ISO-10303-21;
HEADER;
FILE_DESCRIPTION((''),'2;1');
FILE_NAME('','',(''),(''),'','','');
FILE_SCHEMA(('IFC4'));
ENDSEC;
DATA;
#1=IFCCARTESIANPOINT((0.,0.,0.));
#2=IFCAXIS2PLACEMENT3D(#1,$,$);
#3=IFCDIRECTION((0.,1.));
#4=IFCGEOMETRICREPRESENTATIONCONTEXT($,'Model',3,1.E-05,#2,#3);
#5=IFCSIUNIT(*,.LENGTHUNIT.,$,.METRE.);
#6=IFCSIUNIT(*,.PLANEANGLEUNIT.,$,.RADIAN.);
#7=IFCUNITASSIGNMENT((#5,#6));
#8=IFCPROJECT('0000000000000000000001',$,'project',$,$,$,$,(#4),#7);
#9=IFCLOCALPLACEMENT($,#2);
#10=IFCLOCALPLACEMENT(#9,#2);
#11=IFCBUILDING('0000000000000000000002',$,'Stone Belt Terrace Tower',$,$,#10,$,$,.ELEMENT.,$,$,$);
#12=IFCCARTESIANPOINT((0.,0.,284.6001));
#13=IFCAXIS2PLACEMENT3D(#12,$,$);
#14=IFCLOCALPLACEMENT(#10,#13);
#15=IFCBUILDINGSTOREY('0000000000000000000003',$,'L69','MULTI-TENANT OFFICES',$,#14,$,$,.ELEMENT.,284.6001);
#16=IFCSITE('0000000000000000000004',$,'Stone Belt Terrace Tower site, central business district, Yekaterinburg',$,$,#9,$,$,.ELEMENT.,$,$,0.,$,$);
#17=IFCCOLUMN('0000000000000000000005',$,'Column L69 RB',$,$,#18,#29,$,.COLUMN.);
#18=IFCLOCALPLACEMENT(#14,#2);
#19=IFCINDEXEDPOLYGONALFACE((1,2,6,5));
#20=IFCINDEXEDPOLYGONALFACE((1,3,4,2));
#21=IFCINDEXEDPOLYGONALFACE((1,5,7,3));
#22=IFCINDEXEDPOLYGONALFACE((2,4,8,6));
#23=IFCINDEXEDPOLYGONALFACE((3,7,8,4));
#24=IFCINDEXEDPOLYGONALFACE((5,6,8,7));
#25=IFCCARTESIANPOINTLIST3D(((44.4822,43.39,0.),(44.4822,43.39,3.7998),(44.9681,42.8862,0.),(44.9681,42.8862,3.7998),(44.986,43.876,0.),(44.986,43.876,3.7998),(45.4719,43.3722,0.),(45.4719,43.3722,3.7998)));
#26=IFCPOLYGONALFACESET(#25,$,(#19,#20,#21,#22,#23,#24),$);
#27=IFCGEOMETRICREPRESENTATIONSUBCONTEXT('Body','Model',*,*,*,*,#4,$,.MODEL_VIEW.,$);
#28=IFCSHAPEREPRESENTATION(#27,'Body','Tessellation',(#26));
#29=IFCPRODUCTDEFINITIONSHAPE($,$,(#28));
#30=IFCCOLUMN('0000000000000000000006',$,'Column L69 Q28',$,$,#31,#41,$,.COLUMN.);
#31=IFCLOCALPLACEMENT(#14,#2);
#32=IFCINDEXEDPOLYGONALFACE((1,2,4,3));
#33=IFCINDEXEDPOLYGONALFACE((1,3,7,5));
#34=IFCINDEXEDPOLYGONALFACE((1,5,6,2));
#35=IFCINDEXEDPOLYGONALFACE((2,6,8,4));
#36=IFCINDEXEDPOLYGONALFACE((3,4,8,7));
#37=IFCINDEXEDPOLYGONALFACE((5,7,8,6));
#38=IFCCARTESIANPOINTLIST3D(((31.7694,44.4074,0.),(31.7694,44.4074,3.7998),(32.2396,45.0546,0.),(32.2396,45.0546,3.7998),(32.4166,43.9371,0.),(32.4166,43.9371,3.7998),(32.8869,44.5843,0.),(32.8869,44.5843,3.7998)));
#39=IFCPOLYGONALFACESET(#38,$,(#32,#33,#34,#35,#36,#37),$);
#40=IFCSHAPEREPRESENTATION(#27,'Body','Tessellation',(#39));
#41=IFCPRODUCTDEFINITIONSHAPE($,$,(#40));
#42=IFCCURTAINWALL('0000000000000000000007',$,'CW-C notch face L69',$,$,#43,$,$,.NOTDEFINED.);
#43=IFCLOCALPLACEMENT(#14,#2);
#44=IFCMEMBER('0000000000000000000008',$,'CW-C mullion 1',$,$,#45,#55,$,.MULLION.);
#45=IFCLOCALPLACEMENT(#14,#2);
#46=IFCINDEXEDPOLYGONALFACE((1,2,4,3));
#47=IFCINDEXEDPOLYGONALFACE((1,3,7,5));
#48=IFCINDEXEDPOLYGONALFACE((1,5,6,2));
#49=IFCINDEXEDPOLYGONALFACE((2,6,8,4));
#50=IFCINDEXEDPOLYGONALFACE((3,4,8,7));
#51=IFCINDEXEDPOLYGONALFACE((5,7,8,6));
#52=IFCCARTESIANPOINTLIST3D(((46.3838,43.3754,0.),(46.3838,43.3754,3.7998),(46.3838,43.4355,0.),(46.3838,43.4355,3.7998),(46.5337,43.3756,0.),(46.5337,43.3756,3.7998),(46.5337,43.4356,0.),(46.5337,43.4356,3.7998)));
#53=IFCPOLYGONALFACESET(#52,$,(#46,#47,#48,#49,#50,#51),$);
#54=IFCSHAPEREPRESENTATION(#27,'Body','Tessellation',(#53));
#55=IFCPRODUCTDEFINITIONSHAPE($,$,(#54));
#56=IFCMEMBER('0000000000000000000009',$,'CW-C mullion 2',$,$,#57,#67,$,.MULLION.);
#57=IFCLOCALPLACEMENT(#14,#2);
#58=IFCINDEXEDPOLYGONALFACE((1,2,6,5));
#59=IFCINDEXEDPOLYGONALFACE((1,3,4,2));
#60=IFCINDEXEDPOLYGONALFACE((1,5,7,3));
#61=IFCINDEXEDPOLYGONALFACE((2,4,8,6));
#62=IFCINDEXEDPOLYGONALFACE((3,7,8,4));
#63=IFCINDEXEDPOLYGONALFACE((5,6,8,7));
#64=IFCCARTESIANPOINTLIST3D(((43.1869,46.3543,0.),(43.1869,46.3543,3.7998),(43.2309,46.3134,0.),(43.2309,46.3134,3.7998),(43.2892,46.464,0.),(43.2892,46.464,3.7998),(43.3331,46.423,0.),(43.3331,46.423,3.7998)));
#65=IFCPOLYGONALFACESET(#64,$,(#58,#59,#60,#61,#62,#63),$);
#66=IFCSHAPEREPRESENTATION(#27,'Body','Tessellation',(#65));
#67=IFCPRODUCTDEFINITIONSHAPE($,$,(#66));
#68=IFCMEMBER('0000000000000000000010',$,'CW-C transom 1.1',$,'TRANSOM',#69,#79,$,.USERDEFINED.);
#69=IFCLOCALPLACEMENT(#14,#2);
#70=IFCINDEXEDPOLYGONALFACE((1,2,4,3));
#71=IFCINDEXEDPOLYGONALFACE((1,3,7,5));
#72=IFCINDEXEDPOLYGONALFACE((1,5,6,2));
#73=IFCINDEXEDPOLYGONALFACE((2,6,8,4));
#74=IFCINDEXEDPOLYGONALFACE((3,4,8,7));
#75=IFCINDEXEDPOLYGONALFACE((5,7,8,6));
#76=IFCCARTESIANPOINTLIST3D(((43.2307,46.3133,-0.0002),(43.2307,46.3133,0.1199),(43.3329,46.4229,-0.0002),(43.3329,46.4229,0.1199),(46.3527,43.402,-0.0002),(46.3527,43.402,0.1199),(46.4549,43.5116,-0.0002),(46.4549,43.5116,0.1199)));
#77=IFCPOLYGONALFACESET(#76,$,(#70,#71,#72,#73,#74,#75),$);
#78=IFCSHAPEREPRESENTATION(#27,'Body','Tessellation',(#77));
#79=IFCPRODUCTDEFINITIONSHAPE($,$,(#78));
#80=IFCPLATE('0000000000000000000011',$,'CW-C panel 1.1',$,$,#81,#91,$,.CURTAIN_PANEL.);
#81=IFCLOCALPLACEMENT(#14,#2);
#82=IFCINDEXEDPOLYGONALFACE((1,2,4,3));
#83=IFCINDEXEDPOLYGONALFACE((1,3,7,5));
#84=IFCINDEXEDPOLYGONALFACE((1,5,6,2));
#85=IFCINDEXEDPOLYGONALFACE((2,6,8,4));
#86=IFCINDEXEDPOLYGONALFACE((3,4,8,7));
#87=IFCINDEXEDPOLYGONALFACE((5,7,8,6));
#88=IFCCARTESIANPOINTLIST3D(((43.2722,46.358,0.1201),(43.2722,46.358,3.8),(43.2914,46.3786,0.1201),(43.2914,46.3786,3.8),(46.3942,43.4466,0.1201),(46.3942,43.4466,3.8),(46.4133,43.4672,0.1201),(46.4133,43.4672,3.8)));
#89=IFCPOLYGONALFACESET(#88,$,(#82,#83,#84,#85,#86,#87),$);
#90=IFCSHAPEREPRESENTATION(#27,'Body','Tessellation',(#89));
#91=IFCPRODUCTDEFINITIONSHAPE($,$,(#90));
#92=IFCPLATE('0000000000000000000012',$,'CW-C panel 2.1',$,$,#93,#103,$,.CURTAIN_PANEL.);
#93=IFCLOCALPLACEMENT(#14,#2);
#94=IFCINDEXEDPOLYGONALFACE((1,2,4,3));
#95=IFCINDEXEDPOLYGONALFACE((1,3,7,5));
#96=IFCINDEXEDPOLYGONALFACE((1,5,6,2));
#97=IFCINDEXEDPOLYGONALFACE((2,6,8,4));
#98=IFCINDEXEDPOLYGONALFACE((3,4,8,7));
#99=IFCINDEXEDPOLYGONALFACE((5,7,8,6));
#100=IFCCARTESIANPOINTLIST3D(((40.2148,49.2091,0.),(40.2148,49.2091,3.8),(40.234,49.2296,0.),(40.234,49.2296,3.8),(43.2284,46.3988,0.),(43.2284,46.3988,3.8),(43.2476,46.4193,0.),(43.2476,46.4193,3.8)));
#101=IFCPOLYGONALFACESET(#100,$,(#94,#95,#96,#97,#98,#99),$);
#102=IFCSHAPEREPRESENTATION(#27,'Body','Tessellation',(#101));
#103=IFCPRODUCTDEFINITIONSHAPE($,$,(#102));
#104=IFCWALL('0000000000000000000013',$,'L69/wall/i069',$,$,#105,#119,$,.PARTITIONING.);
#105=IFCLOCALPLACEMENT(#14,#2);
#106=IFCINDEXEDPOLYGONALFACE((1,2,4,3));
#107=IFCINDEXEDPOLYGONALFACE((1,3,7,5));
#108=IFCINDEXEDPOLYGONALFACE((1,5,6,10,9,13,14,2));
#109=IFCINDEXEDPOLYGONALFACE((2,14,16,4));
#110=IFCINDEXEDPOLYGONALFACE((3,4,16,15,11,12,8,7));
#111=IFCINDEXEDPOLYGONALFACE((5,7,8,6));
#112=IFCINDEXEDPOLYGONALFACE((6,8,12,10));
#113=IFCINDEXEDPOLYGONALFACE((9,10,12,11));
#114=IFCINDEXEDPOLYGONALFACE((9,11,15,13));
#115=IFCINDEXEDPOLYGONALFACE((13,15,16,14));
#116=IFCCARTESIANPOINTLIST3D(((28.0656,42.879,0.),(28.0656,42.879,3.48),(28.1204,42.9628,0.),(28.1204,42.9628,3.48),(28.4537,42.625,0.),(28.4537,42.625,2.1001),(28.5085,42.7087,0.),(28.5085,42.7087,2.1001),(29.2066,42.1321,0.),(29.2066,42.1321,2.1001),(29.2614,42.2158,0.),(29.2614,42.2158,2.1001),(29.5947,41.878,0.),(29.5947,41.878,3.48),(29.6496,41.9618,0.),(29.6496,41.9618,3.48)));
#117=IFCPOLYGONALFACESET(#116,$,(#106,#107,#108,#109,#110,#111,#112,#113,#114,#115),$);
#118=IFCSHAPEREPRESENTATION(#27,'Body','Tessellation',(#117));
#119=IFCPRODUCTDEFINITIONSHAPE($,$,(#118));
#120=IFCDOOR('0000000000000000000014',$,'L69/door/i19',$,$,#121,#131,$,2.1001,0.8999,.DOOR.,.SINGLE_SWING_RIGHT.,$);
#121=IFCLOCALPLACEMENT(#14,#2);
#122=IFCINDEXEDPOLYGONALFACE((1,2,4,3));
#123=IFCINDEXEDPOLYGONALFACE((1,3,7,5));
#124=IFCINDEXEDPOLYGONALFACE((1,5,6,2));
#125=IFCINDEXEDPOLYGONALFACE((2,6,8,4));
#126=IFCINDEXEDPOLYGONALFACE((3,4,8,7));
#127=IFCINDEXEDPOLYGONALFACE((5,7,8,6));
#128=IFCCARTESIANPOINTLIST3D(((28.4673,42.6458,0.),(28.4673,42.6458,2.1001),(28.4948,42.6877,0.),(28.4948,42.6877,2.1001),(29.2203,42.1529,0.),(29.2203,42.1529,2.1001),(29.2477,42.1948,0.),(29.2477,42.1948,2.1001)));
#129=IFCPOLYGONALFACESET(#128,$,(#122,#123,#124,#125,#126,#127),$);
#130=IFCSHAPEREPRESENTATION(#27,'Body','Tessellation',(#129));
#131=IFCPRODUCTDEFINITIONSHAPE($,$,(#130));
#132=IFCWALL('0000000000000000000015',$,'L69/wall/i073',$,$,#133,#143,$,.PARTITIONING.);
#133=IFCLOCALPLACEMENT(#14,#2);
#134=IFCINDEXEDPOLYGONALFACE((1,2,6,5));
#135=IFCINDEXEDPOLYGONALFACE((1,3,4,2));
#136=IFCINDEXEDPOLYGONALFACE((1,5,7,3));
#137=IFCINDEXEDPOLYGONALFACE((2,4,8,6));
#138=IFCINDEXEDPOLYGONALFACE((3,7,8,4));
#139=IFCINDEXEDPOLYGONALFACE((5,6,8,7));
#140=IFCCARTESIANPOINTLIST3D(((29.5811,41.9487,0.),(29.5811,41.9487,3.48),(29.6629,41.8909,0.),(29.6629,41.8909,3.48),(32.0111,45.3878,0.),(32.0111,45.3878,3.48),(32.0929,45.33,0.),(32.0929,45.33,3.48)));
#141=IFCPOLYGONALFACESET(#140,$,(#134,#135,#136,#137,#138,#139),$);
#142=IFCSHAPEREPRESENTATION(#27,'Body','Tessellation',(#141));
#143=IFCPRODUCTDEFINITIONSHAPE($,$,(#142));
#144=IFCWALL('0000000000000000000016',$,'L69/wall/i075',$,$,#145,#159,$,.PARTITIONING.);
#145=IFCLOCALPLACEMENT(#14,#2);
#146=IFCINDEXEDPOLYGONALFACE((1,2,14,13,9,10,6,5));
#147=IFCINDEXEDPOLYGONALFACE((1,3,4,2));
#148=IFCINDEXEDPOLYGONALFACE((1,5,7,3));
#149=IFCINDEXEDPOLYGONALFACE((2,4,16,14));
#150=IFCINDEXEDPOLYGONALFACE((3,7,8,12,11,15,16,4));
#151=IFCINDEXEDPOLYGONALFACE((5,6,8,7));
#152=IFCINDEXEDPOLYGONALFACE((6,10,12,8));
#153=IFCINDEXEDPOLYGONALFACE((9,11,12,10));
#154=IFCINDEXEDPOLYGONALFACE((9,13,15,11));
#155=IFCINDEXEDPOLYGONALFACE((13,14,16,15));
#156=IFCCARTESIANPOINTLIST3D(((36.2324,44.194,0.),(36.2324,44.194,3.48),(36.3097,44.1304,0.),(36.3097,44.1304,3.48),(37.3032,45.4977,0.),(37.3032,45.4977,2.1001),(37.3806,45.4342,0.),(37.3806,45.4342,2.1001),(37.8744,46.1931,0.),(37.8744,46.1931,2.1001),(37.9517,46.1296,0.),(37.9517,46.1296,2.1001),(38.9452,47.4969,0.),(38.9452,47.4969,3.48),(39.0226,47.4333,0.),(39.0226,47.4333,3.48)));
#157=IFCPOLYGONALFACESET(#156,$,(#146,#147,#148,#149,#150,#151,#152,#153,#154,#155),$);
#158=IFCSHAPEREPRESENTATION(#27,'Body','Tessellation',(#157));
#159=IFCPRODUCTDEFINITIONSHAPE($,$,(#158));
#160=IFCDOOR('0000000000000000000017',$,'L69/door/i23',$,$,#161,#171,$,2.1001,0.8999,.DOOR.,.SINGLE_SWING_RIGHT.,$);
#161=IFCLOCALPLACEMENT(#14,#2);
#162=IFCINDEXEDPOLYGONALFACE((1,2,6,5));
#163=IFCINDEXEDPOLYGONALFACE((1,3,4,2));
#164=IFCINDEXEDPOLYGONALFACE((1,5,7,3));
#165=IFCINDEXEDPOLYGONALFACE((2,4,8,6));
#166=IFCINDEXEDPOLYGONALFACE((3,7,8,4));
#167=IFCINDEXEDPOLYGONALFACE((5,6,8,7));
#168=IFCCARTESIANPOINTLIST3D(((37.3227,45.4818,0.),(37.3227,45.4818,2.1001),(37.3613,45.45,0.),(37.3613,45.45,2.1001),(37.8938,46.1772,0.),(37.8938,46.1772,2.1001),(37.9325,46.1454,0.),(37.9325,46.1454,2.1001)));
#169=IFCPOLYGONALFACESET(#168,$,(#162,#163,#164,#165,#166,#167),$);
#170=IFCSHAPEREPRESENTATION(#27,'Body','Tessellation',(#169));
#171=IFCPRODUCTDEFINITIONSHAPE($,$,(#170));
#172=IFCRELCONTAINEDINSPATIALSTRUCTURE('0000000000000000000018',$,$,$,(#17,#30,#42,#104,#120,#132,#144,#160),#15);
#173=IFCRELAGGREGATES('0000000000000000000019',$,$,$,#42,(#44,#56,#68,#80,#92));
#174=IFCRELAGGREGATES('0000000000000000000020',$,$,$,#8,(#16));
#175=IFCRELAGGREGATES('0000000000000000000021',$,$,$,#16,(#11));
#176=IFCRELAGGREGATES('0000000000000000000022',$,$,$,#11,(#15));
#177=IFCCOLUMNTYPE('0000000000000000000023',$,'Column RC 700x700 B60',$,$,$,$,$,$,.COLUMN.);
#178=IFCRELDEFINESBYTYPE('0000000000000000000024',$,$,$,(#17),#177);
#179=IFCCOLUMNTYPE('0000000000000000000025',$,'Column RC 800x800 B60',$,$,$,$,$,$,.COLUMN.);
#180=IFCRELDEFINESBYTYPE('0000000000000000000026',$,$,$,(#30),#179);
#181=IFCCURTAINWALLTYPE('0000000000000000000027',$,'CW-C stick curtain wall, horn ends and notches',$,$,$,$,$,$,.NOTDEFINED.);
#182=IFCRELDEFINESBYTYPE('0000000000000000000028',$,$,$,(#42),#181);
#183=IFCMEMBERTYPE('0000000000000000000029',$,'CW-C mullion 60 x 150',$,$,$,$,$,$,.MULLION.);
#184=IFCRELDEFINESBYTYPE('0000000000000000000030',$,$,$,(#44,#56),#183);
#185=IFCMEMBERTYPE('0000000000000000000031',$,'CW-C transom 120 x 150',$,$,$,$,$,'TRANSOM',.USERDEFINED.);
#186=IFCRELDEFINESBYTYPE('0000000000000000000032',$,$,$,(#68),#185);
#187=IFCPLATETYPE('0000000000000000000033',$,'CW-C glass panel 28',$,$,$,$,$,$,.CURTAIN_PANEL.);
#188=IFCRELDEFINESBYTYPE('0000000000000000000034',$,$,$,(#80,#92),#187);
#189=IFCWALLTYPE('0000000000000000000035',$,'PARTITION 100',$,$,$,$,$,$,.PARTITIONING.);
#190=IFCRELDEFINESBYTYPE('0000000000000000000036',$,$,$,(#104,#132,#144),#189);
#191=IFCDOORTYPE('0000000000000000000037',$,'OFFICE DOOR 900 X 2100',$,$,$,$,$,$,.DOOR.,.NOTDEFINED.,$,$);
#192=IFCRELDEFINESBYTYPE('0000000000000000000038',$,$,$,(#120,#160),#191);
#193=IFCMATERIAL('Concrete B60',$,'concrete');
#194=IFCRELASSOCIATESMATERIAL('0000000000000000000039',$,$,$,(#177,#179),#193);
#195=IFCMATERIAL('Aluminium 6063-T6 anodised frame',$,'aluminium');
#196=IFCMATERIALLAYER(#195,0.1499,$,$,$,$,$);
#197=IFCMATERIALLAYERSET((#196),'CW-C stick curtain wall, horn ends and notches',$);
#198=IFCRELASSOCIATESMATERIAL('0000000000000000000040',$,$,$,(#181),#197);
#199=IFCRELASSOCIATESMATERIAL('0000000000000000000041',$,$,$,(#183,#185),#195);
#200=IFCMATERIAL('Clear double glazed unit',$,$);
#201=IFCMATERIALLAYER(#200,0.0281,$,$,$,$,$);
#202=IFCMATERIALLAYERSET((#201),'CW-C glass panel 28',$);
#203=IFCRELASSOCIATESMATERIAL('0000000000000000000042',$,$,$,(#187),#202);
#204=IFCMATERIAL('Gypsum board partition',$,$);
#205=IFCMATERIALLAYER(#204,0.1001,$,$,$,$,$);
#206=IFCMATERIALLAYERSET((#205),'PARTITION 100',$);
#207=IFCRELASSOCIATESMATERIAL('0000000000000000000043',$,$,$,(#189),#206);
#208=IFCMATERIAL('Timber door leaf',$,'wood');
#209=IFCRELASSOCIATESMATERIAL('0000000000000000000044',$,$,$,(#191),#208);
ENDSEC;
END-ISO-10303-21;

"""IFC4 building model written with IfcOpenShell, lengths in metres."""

from ifc_helpers import new_model, si_unit, direction, frame, frame_2d, origin, origin_2d, place, context, subcontext, project, spatial, rectangle, extrude, material, layer, layer_set, material_profile, profile_set, type_object, element, fill, aggregate, save


model = new_model("IFC4")

# Units and contexts
model_context = context("Model", 3, precision=1e-05, world=origin(), true_north=direction((0.0, 1.0)))
body_context = subcontext(model_context, "Body", "Model", "MODEL_VIEW")
ifc_project = project(units=[si_unit("LENGTHUNIT", "METRE"), si_unit("PLANEANGLEUNIT", "RADIAN")], contexts=[model_context])

# Site, building, storey
site_placement = place(None, origin())
site = spatial("IfcSite", under=ifc_project, at=site_placement, Name="Stone Belt Terrace Tower site, central business district, Yekaterinburg", CompositionType="ELEMENT", RefElevation=0.0)
building_placement = place(site_placement, origin())
building = spatial("IfcBuilding", under=site, at=building_placement, Name="Stone Belt Terrace Tower", CompositionType="ELEMENT")
storey_placement = place(building_placement, frame((0.0, 0.0, 284.6001)))
storey = spatial("IfcBuildingStorey", under=building, at=storey_placement, Name="L69", Description="MULTI-TENANT OFFICES", CompositionType="ELEMENT", Elevation=284.6001)

# Columns
ifc_material_1 = material(Name="Concrete B60", Category="concrete")
ifc_material_profile_1 = material_profile(ifc_material_1, rectangle(XDim=0.7, YDim=0.7, at=origin_2d()), Name="RC 700x700")
ifc_profile_set_1 = profile_set([ifc_material_profile_1], Name="Concrete B60")
column_type_1 = type_object("IfcColumnType", Name="Column RC 700x700 B60", PredefinedType="COLUMN", material=ifc_profile_set_1)
column_1_placement = place(storey_placement, frame((44.9771, 43.3811, 0.0), z_axis=(0.0, 0.0, 1.0), x_axis=(0.694221, -0.719762, 0.0)))
element("IfcColumn", 1, at=column_1_placement, inside=storey, type_object=column_type_1, Name="Column L69 RB", PredefinedType="COLUMN", context=body_context, shape_type="SweptSolid", body=[
    extrude(rectangle(XDim=0.7, YDim=0.7, at=origin_2d()), origin(), (0.0, 0.0, 1.0), 3.7998),
])
ifc_material_profile_2 = material_profile(ifc_material_1, rectangle(XDim=0.8, YDim=0.8, at=origin_2d()), Name="RC 800x800")
ifc_profile_set_2 = profile_set([ifc_material_profile_2], Name="Concrete B60")
column_type_2 = type_object("IfcColumnType", Name="Column RC 800x800 B60", PredefinedType="COLUMN", material=ifc_profile_set_2)
column_2_placement = place(storey_placement, frame((32.3281, 44.4958, 0.0), z_axis=(0.0, 0.0, 1.0), x_axis=(0.809017, -0.587785, 0.0)))
element("IfcColumn", 2, at=column_2_placement, inside=storey, type_object=column_type_2, Name="Column L69 Q28", PredefinedType="COLUMN", context=body_context, shape_type="SweptSolid", body=[
    extrude(rectangle(XDim=0.8, YDim=0.8, at=origin_2d()), origin(), (0.0, 0.0, 1.0), 3.7998),
])

# Curtain wall, members, plates
ifc_material_2 = material(Name="Aluminium 6063-T6 anodised frame", Category="aluminium")
ifc_layer_1 = layer(ifc_material_2, 0.1499)
ifc_layer_set_1 = layer_set([ifc_layer_1], Name="CW-C stick curtain wall, horn ends and notches")
curtain_wall_type = type_object("IfcCurtainWallType", Name="CW-C stick curtain wall, horn ends and notches", PredefinedType="NOTDEFINED", material=ifc_layer_set_1)
curtain_wall_placement = place(storey_placement, origin())
curtain_wall = element("IfcCurtainWall", 3, at=curtain_wall_placement, inside=storey, type_object=curtain_wall_type, Name="CW-C notch face L69", PredefinedType="NOTDEFINED")
ifc_material_profile_3 = material_profile(ifc_material_2, rectangle(XDim=0.1499, YDim=0.0601, at=origin_2d()), Name="Aluminium 6063-T6 60x150")
ifc_profile_set_3 = profile_set([ifc_material_profile_3], Name="Aluminium 6063-T6 anodised frame")
member_type_1 = type_object("IfcMemberType", Name="CW-C mullion 60 x 150", PredefinedType="MULLION", material=ifc_profile_set_3)
member_1_placement = place(storey_placement, frame((46.4587, 43.4055, 0.0), z_axis=(0.0, 0.0, 1.0), x_axis=(-0.999999, -0.001051, 0.0)))
member_1 = element("IfcMember", 4, at=member_1_placement, type_object=member_type_1, Name="CW-C mullion 1", PredefinedType="MULLION", context=body_context, shape_type="SweptSolid", body=[
    extrude(rectangle(XDim=0.1499, YDim=0.0601, at=origin_2d()), origin(), (0.0, 0.0, 1.0), 3.7998),
])
member_2_placement = place(storey_placement, frame((43.26, 46.3887, 0.0), z_axis=(0.0, 0.0, 1.0), x_axis=(-0.682014, -0.731339, 0.0)))
member_2 = element("IfcMember", 5, at=member_2_placement, type_object=member_type_1, Name="CW-C mullion 2", PredefinedType="MULLION", context=body_context, shape_type="SweptSolid", body=[
    extrude(rectangle(XDim=0.1499, YDim=0.0601, at=origin_2d()), origin(), (0.0, 0.0, 1.0), 3.7998),
])
ifc_material_profile_4 = material_profile(ifc_material_2, rectangle(XDim=0.1499, YDim=0.1201, at=origin_2d()), Name="Aluminium 6063-T6 150x120")
ifc_profile_set_4 = profile_set([ifc_material_profile_4], Name="Aluminium 6063-T6 anodised frame")
member_type_2 = type_object("IfcMemberType", Name="CW-C transom 120 x 150", ElementType="TRANSOM", PredefinedType="USERDEFINED", material=ifc_profile_set_4)
member_3_placement = place(storey_placement, frame((46.4038, 43.4568, 0.0598), z_axis=(-0.731354, 0.681998, 0.0), x_axis=(-0.681998, -0.731354, 0.0)))
member_3 = element("IfcMember", 6, at=member_3_placement, type_object=member_type_2, Name="CW-C transom 1.1", ObjectType="TRANSOM", PredefinedType="USERDEFINED", context=body_context, shape_type="SweptSolid", body=[
    extrude(rectangle(XDim=0.1499, YDim=0.1201, at=origin_2d()), origin(), (0.0, 0.0, 1.0), 4.2688),
])
ifc_material_3 = material(Name="Clear double glazed unit")
ifc_layer_2 = layer(ifc_material_3, 0.0281)
ifc_layer_set_2 = layer_set([ifc_layer_2], Name="CW-C glass panel 28")
plate_type = type_object("IfcPlateType", Name="CW-C glass panel 28", PredefinedType="CURTAIN_PANEL", material=ifc_layer_set_2)
plate_1_placement = place(storey_placement, frame((44.8428, 44.9126, 0.1201), z_axis=(0.0, 0.0, 1.0), x_axis=(-0.731339, 0.682014, 0.0)))
plate_1 = element("IfcPlate", 7, at=plate_1_placement, type_object=plate_type, Name="CW-C panel 1.1", PredefinedType="CURTAIN_PANEL", context=body_context, shape_type="SweptSolid", body=[
    extrude(rectangle(XDim=4.2688, YDim=0.0281, at=origin_2d()), origin(), (0.0, 0.0, 1.0), 3.6799),
])
plate_2_placement = place(storey_placement, frame((41.7312, 47.8142, 0.0), z_axis=(0.0, 0.0, 1.0), x_axis=(-0.731339, 0.682014, 0.0)))
plate_2 = element("IfcPlate", 8, at=plate_2_placement, type_object=plate_type, Name="CW-C panel 2.1", PredefinedType="CURTAIN_PANEL", context=body_context, shape_type="SweptSolid", body=[
    extrude(rectangle(XDim=4.1206, YDim=0.0281, at=origin_2d()), origin(), (0.0, 0.0, 1.0), 3.8),
])
aggregate(curtain_wall, [member_1, member_2, member_3, plate_1, plate_2])

# Wall, opening, door
ifc_material_4 = material(Name="Gypsum board partition")
ifc_layer_3 = layer(ifc_material_4, 0.1001)
ifc_layer_set_3 = layer_set([ifc_layer_3], Name="PARTITION 100")
wall_type_1 = type_object("IfcWallType", Name="PARTITION 100", PredefinedType="PARTITIONING", material=ifc_layer_set_3)
wall_1_placement = place(storey_placement, frame((28.093, 42.9209, 0.0), z_axis=(0.0, 0.0, 1.0), x_axis=(0.836666, -0.547714, 0.0)))
wall_1 = element("IfcWall", 9, at=wall_1_placement, inside=storey, type_object=wall_type_1, Name="L69/wall/i069", PredefinedType="PARTITIONING", context=body_context, shape_type="SweptSolid", body=[
    extrude(rectangle(XDim=1.8276, YDim=0.1001, at=frame_2d((0.9138, 0.0))), origin(), (0.0, 0.0, 1.0), 3.48),
])
opening_1_placement = place(wall_1_placement, frame((0.4639, 0.0, 0.0)))
opening_1 = element("IfcOpeningElement", 10, at=opening_1_placement, cuts=wall_1, PredefinedType="OPENING", context=body_context, shape_type="SweptSolid", body=[
    extrude(rectangle(XDim=0.8999, YDim=2.1001, at=frame_2d((0.45, 1.05))), frame((0.0, 0.0601, 0.0), z_axis=(0.0, -1.0, 0.0), x_axis=(1.0, 0.0, 0.0)), (0.0, 0.0, 1.0), 0.1201),
])
ifc_material_5 = material(Name="Timber door leaf", Category="wood")
door_type_1 = type_object("IfcDoorType", Name="OFFICE DOOR 900 X 2100", OperationType="NOTDEFINED", PredefinedType="DOOR", material=ifc_material_5)
door_1_placement = place(opening_1_placement, origin())
door_1 = element("IfcDoor", 11, at=door_1_placement, inside=storey, type_object=door_type_1, Name="L69/door/i19", OperationType="SINGLE_SWING_RIGHT", OverallHeight=2.1001, OverallWidth=0.8999, PredefinedType="DOOR", context=body_context, shape_type="SweptSolid", body=[
    extrude(rectangle(XDim=0.8999, YDim=2.1001, at=frame_2d((0.45, 1.05))), frame((0.0, 0.0249, 0.0), z_axis=(0.0, -1.0, 0.0), x_axis=(1.0, 0.0, 0.0)), (0.0, 0.0, 1.0), 0.05),
])
fill(opening_1, door_1)

# Wall
wall_2_placement = place(storey_placement, frame((32.052, 45.3589, 0.0), z_axis=(0.0, 0.0, 1.0), x_axis=(-0.577068, -0.816696, 0.0)))
element("IfcWall", 12, at=wall_2_placement, inside=storey, type_object=wall_type_1, Name="L69/wall/i073", PredefinedType="PARTITIONING", context=body_context, shape_type="SweptSolid", body=[
    extrude(rectangle(XDim=4.2109, YDim=0.1001, at=frame_2d((2.1055, 0.0))), origin(), (0.0, 0.0, 1.0), 3.48),
])

# Wall, opening, door
wall_3_placement = place(storey_placement, frame((36.271, 44.1621, 0.0), z_axis=(0.0, 0.0, 1.0), x_axis=(0.634702, 0.772757, 0.0)))
wall_3 = element("IfcWall", 13, at=wall_3_placement, inside=storey, type_object=wall_type_1, Name="L69/wall/i075", PredefinedType="PARTITIONING", context=body_context, shape_type="SweptSolid", body=[
    extrude(rectangle(XDim=4.2742, YDim=0.1001, at=frame_2d((2.1372, 0.0))), origin(), (0.0, 0.0, 1.0), 3.48),
])
opening_2_placement = place(wall_3_placement, frame((1.6873, 0.0, 0.0)))
opening_2 = element("IfcOpeningElement", 14, at=opening_2_placement, cuts=wall_3, PredefinedType="OPENING", context=body_context, shape_type="SweptSolid", body=[
    extrude(rectangle(XDim=0.8999, YDim=2.1001, at=frame_2d((0.45, 1.05))), frame((0.0, 0.0601, 0.0), z_axis=(0.0, -1.0, 0.0), x_axis=(1.0, 0.0, 0.0)), (0.0, 0.0, 1.0), 0.1201),
])
door_2_placement = place(opening_2_placement, origin())
door_2 = element("IfcDoor", 15, at=door_2_placement, inside=storey, type_object=door_type_1, Name="L69/door/i23", OperationType="SINGLE_SWING_RIGHT", OverallHeight=2.1001, OverallWidth=0.8999, PredefinedType="DOOR", context=body_context, shape_type="SweptSolid", body=[
    extrude(rectangle(XDim=0.8999, YDim=2.1001, at=frame_2d((0.45, 1.05))), frame((0.0, 0.0249, 0.0), z_axis=(0.0, -1.0, 0.0), x_axis=(1.0, 0.0, 0.0)), (0.0, 0.0, 1.0), 0.05),
])
fill(opening_2, door_2)

save(model, "model.ifc")
